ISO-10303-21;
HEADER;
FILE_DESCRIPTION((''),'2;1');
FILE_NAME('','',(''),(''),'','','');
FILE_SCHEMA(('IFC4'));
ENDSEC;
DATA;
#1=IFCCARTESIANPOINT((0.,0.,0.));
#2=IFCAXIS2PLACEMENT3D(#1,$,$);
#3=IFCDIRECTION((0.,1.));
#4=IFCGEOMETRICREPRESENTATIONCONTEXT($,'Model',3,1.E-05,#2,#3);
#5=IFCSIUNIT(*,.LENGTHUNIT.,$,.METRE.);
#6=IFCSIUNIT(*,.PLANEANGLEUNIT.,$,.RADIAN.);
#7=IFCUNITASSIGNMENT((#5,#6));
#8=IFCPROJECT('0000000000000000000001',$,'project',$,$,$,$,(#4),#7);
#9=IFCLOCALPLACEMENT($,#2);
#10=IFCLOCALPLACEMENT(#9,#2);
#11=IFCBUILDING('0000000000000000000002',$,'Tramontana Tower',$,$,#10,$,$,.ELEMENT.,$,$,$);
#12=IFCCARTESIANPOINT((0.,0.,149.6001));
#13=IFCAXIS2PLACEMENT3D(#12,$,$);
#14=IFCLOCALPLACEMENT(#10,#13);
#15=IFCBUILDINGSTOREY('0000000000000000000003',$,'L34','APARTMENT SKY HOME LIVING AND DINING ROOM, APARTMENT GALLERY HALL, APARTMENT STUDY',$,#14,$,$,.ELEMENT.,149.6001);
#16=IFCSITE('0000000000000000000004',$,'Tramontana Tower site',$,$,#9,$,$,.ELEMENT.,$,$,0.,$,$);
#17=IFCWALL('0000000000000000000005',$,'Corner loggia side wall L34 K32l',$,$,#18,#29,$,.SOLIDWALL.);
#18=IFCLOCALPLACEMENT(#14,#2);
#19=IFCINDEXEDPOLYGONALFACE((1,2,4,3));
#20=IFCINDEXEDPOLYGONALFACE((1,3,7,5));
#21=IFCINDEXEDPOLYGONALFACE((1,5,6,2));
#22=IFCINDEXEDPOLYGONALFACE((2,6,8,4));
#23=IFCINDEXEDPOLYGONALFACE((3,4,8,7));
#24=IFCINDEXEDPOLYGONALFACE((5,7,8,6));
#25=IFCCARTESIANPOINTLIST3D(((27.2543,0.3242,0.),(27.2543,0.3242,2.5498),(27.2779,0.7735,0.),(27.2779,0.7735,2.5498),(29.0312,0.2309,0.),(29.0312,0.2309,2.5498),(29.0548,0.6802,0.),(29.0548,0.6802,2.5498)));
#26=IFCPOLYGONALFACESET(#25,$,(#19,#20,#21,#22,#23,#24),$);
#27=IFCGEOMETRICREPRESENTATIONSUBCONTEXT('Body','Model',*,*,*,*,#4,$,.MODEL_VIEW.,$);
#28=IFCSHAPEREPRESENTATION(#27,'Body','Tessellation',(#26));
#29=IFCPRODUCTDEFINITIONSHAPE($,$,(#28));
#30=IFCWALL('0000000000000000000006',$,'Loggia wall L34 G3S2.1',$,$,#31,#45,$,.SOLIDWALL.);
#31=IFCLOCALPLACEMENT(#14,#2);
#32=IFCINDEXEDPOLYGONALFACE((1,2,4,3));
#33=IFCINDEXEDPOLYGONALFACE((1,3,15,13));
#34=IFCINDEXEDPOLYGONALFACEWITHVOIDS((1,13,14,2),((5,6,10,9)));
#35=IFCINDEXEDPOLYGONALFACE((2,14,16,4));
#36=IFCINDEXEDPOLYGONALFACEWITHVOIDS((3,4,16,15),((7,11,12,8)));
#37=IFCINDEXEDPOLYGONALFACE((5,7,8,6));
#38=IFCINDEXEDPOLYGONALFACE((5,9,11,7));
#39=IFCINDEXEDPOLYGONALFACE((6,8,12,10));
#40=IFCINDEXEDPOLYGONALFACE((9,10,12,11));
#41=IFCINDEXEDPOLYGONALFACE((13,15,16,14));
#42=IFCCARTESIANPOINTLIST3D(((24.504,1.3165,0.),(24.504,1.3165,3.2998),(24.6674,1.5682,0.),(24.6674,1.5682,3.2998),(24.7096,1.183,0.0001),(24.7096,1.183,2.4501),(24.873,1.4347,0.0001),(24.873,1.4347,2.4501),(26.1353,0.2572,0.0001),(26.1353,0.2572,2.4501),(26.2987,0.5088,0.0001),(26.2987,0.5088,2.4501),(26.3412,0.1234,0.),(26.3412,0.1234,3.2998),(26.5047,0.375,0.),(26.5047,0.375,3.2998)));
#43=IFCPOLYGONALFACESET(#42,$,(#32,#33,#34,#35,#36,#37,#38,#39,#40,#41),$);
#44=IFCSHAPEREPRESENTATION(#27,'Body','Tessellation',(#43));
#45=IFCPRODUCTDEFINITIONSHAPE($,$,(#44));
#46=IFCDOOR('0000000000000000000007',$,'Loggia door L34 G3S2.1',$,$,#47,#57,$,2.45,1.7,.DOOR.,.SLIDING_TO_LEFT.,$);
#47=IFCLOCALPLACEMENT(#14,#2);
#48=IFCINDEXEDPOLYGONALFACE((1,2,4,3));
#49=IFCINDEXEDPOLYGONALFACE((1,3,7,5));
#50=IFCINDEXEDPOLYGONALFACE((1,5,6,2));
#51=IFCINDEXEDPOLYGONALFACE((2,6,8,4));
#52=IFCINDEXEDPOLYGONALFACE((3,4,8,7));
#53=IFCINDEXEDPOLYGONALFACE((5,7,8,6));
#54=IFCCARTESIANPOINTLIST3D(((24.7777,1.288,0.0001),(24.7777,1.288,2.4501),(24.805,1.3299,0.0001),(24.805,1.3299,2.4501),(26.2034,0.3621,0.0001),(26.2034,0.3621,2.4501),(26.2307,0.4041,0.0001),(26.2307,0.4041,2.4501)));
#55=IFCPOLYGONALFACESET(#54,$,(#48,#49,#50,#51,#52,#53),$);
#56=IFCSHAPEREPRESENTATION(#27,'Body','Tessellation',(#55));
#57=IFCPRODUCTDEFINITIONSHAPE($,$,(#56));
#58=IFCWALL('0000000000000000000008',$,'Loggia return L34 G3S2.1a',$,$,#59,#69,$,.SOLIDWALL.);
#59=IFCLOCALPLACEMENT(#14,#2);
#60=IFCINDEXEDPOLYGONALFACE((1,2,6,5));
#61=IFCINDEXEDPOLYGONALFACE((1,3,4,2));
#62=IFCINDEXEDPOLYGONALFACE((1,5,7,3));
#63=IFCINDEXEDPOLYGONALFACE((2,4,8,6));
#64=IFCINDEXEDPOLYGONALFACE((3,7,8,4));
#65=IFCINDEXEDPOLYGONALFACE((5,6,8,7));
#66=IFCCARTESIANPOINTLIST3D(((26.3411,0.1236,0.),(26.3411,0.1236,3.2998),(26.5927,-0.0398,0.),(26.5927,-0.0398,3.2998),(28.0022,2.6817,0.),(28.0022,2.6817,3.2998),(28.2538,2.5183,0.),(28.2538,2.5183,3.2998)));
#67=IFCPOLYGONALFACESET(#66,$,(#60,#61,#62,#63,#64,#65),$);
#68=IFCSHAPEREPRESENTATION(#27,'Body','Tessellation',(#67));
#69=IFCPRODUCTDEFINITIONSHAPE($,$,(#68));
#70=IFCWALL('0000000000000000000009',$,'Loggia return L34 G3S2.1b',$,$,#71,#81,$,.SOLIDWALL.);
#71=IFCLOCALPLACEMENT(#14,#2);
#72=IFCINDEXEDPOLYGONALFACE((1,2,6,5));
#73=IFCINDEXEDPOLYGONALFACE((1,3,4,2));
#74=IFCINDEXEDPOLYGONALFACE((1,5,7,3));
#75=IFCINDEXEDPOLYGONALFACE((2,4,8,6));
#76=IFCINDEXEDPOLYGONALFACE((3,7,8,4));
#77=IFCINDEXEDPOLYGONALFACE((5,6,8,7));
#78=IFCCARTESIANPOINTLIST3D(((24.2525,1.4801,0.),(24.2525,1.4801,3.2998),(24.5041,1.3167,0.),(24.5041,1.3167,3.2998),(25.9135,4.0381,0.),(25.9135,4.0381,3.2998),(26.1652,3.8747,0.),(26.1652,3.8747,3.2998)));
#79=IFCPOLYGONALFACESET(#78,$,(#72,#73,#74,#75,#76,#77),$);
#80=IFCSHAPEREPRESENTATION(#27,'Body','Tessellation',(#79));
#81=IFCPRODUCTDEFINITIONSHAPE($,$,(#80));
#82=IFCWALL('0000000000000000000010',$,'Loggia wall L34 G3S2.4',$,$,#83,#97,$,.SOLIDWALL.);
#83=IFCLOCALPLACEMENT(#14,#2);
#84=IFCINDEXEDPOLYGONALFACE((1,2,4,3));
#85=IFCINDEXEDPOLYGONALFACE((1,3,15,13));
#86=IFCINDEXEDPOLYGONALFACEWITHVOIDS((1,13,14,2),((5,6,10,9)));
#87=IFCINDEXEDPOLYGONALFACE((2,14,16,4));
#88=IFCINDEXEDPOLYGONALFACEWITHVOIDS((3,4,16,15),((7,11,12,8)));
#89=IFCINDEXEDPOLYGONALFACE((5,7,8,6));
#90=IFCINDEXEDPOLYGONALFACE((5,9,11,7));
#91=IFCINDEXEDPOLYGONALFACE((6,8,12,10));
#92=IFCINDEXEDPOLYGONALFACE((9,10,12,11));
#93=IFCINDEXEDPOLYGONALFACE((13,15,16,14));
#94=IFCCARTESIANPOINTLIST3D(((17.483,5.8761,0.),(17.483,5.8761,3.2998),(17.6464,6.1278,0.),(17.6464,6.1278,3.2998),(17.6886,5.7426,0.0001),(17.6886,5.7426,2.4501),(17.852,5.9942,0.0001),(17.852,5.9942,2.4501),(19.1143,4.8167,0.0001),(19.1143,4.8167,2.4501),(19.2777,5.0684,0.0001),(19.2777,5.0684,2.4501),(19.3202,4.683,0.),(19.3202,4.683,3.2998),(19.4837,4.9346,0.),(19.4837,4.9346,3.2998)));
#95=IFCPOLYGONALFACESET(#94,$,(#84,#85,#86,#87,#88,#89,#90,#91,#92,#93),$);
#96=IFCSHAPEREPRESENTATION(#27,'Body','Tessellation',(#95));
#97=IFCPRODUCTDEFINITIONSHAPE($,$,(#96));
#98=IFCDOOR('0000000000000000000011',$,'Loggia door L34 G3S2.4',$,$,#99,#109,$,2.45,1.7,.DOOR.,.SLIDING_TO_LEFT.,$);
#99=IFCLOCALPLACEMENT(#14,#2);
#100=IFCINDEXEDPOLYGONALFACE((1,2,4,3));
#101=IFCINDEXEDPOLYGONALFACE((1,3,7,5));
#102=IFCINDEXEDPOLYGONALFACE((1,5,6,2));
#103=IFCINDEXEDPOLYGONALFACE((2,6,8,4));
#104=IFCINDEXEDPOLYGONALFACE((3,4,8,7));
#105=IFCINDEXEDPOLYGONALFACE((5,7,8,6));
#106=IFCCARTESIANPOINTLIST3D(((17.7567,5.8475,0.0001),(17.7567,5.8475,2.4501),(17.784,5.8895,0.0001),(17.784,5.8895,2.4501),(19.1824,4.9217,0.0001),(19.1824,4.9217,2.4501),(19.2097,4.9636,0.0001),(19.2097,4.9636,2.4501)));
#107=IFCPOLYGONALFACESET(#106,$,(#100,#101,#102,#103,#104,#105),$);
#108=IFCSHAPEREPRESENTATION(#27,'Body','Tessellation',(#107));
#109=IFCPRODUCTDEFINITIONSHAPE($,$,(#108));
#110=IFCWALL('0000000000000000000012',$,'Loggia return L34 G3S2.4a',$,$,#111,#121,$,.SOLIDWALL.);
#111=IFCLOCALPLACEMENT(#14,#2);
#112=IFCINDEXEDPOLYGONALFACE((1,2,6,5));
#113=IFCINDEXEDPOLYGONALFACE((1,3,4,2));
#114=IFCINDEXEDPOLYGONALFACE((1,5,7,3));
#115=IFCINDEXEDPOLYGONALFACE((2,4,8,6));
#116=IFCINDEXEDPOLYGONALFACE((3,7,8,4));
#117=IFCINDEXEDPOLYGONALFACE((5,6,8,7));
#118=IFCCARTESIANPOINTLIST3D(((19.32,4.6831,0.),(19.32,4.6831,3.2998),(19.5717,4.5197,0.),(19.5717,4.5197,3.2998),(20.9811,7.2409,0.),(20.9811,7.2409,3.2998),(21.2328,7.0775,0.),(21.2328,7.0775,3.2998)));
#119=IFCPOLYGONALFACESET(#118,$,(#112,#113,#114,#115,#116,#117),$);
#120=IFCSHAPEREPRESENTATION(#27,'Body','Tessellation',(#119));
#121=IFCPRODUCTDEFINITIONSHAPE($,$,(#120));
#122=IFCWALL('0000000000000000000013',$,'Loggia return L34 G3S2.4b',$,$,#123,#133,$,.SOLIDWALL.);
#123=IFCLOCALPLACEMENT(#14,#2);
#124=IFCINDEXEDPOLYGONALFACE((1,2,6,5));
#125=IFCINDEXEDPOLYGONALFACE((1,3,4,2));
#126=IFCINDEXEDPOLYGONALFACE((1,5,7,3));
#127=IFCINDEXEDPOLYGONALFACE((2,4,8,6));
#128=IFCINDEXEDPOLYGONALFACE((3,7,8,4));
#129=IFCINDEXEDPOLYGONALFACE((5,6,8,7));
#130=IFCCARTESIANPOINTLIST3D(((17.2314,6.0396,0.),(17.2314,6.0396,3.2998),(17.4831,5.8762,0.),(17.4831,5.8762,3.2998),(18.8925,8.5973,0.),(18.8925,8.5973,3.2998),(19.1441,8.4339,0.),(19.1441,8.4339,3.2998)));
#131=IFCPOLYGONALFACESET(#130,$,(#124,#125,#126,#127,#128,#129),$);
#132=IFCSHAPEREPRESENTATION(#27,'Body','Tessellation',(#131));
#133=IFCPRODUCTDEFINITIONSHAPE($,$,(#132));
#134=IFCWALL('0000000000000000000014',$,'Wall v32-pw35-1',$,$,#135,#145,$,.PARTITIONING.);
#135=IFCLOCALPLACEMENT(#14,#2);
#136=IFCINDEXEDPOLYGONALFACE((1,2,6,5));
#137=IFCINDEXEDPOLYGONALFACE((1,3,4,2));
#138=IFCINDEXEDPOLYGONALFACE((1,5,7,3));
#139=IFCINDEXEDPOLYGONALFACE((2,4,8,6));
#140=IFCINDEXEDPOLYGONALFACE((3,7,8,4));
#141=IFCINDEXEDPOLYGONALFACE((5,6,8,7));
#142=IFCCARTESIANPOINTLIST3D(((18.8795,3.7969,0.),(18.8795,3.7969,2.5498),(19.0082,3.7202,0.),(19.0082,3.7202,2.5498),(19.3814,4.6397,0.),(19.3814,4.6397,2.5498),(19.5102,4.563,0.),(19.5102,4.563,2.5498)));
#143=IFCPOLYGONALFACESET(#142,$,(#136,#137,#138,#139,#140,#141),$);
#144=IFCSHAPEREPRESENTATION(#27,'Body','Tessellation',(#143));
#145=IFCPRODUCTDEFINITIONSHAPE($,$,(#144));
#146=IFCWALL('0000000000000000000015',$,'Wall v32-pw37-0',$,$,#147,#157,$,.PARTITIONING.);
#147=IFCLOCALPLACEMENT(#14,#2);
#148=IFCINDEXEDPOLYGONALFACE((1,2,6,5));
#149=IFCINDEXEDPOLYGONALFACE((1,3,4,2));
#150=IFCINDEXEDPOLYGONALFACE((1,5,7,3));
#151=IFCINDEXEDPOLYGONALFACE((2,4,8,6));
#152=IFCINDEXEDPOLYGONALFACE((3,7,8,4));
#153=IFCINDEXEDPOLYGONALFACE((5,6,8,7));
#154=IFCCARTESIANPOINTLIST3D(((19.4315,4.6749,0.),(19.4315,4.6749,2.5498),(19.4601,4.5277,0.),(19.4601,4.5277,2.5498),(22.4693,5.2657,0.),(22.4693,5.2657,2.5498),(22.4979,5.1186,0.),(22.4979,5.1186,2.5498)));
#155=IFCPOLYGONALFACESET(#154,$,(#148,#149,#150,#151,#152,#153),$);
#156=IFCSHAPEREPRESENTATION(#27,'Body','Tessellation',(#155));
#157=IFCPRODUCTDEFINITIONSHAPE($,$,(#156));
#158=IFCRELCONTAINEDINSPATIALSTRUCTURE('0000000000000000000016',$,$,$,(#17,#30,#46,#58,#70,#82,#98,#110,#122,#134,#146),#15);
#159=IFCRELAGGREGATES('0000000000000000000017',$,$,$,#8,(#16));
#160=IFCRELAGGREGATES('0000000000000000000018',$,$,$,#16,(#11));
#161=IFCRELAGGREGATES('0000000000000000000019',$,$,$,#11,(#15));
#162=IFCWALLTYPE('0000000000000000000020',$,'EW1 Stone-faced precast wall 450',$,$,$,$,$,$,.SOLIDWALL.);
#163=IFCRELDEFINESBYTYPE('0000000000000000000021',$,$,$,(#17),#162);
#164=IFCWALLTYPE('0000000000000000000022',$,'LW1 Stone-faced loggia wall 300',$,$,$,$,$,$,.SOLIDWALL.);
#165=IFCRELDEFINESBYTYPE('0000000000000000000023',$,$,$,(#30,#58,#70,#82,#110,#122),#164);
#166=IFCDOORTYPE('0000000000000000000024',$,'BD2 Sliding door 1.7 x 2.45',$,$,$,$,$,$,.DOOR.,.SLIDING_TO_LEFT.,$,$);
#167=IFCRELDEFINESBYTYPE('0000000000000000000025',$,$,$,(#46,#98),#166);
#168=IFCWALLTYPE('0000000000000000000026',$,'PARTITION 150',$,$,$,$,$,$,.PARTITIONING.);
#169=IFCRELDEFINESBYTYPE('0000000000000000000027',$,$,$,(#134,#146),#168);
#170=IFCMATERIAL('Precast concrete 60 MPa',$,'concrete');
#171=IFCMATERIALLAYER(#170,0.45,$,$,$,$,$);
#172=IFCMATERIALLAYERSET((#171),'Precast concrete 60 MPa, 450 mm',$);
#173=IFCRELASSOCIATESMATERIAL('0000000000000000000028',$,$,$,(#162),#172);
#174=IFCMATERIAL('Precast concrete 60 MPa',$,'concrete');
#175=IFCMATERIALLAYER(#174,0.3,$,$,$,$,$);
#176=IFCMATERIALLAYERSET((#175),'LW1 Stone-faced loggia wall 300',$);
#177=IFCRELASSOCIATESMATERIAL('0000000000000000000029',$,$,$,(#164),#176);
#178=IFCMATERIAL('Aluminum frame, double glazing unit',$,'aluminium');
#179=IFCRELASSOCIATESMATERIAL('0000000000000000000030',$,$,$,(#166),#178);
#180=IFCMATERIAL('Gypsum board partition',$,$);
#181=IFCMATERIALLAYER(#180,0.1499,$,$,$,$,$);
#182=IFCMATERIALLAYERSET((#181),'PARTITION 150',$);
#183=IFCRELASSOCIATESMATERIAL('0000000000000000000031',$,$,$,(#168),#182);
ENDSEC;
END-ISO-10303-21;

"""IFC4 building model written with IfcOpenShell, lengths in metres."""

from ifc_helpers import new_model, si_unit, direction, frame, frame_2d, origin, place, context, subcontext, project, spatial, rectangle, extrude, material, layer, layer_set, type_object, element, fill, save


model = new_model("IFC4")

# Units and contexts
model_context = context("Model", 3, precision=1e-05, world=origin(), true_north=direction((0.0, 1.0)))
body_context = subcontext(model_context, "Body", "Model", "MODEL_VIEW")
ifc_project = project(units=[si_unit("LENGTHUNIT", "METRE"), si_unit("PLANEANGLEUNIT", "RADIAN")], contexts=[model_context])

# Site, building, storey
site_placement = place(None, origin())
site = spatial("IfcSite", under=ifc_project, at=site_placement, Name="Tramontana Tower site", CompositionType="ELEMENT", RefElevation=0.0)
building_placement = place(site_placement, origin())
building = spatial("IfcBuilding", under=site, at=building_placement, Name="Tramontana Tower", CompositionType="ELEMENT")
storey_placement = place(building_placement, frame((0.0, 0.0, 149.6001)))
storey = spatial("IfcBuildingStorey", under=building, at=storey_placement, Name="L34", Description="APARTMENT SKY HOME LIVING AND DINING ROOM, APARTMENT GALLERY HALL, APARTMENT STUDY", CompositionType="ELEMENT", Elevation=149.6001)

# Shared definitions
ifc_material_1 = material(Name="Precast concrete 60 MPa", Category="concrete")
ifc_layer_1 = layer(ifc_material_1, 0.45)
ifc_layer_set_1 = layer_set([ifc_layer_1], Name="Precast concrete 60 MPa, 450 mm")
wall_type_1 = type_object("IfcWallType", Name="EW1 Stone-faced precast wall 450", PredefinedType="SOLIDWALL", material=ifc_layer_set_1)

# Wall
wall_1_placement = place(storey_placement, frame((29.043, 0.4556, 0.0), z_axis=(0.0, 0.0, 1.0), x_axis=(-0.998625, 0.052415, 0.0)))
element("IfcWall", 1, at=wall_1_placement, inside=storey, type_object=wall_type_1, Name="Corner loggia side wall L34 K32l", PredefinedType="SOLIDWALL", context=body_context, shape_type="SweptSolid", body=[
    extrude(rectangle(XDim=1.7793, YDim=0.45, at=frame_2d((0.8896, 0.0))), origin(), (0.0, 0.0, 1.0), 2.5498),
])

# Wall, opening, door
ifc_material_2 = material(Name="Precast concrete 60 MPa", Category="concrete")
ifc_layer_2 = layer(ifc_material_2, 0.3)
ifc_layer_set_2 = layer_set([ifc_layer_2], Name="LW1 Stone-faced loggia wall 300")
wall_type_2 = type_object("IfcWallType", Name="LW1 Stone-faced loggia wall 300", PredefinedType="SOLIDWALL", material=ifc_layer_set_2)
wall_2_placement = place(storey_placement, frame((26.4229, 0.2493, 0.0), z_axis=(0.0, 0.0, 1.0), x_axis=(-0.83866, 0.544655, 0.0)))
wall_2 = element("IfcWall", 2, at=wall_2_placement, inside=storey, type_object=wall_type_2, Name="Loggia wall L34 G3S2.1", PredefinedType="SOLIDWALL", context=body_context, shape_type="SweptSolid", body=[
    extrude(rectangle(XDim=2.1907, YDim=0.3, at=frame_2d((1.0952, 0.0))), origin(), (0.0, 0.0, 1.0), 3.2998),
])
opening_1_placement = place(wall_2_placement, frame((0.2454, 0.0, 0.0)))
opening_1 = element("IfcOpeningElement", 3, at=opening_1_placement, cuts=wall_2, PredefinedType="OPENING", context=body_context, shape_type="SweptSolid", body=[
    extrude(rectangle(XDim=1.7, YDim=2.45, at=frame_2d((0.8501, 1.2251))), frame((0.0, 0.1599, 0.0), z_axis=(0.0, -1.0, 0.0), x_axis=(1.0, 0.0, 0.0)), (0.0, 0.0, 1.0), 0.3201),
])
ifc_material_3 = material(Name="Aluminum frame, double glazing unit", Category="aluminium")
door_type_1 = type_object("IfcDoorType", Name="BD2 Sliding door 1.7 x 2.45", OperationType="SLIDING_TO_LEFT", PredefinedType="DOOR", material=ifc_material_3)
door_1_placement = place(opening_1_placement, origin())
door_1 = element("IfcDoor", 4, at=door_1_placement, inside=storey, type_object=door_type_1, Name="Loggia door L34 G3S2.1", OperationType="SLIDING_TO_LEFT", OverallHeight=2.45, OverallWidth=1.7, PredefinedType="DOOR", context=body_context, shape_type="SweptSolid", body=[
    extrude(rectangle(XDim=1.7, YDim=2.45, at=frame_2d((0.8501, 1.2251))), frame((0.0, 0.0249, 0.0), z_axis=(0.0, -1.0, 0.0), x_axis=(1.0, 0.0, 0.0)), (0.0, 0.0, 1.0), 0.05),
])
fill(opening_1, door_1)

# Walls
for number, where, z_axis, x_axis, name in (
    (5, (28.1279, 2.5999, 0.0), (0.0, 0.0, 1.0), (-0.544611, -0.838689, 0.0), "Loggia return L34 G3S2.1a"),
    (6, (26.0393, 3.9563, 0.0), (0.0, 0.0, 1.0), (-0.544611, -0.838689, 0.0), "Loggia return L34 G3S2.1b"),
):
    element("IfcWall", number, at=place(storey_placement, frame(where, z_axis=z_axis, x_axis=x_axis)), inside=storey, type_object=wall_type_2, Name=name, PredefinedType="SOLIDWALL", context=body_context, shape_type="SweptSolid", body=[
        extrude(rectangle(XDim=3.05, YDim=0.3, at=frame_2d((1.5249, 0.0))), origin(), (0.0, 0.0, 1.0), 3.2998),
    ])

# Wall, opening, door
wall_3_placement = place(storey_placement, frame((19.4019, 4.8088, 0.0), z_axis=(0.0, 0.0, 1.0), x_axis=(-0.83866, 0.544655, 0.0)))
wall_3 = element("IfcWall", 7, at=wall_3_placement, inside=storey, type_object=wall_type_2, Name="Loggia wall L34 G3S2.4", PredefinedType="SOLIDWALL", context=body_context, shape_type="SweptSolid", body=[
    extrude(rectangle(XDim=2.1907, YDim=0.3, at=frame_2d((1.0952, 0.0))), origin(), (0.0, 0.0, 1.0), 3.2998),
])
opening_2_placement = place(wall_3_placement, frame((0.2454, 0.0, 0.0)))
opening_2 = element("IfcOpeningElement", 8, at=opening_2_placement, cuts=wall_3, PredefinedType="OPENING", context=body_context, shape_type="SweptSolid", body=[
    extrude(rectangle(XDim=1.7, YDim=2.45, at=frame_2d((0.8501, 1.2251))), frame((0.0, 0.1599, 0.0), z_axis=(0.0, -1.0, 0.0), x_axis=(1.0, 0.0, 0.0)), (0.0, 0.0, 1.0), 0.3201),
])
door_2_placement = place(opening_2_placement, origin())
door_2 = element("IfcDoor", 9, at=door_2_placement, inside=storey, type_object=door_type_1, Name="Loggia door L34 G3S2.4", OperationType="SLIDING_TO_LEFT", OverallHeight=2.45, OverallWidth=1.7, PredefinedType="DOOR", context=body_context, shape_type="SweptSolid", body=[
    extrude(rectangle(XDim=1.7, YDim=2.45, at=frame_2d((0.8501, 1.2251))), frame((0.0, 0.0249, 0.0), z_axis=(0.0, -1.0, 0.0), x_axis=(1.0, 0.0, 0.0)), (0.0, 0.0, 1.0), 0.05),
])
fill(opening_2, door_2)

# Walls
for number, where, z_axis, x_axis, name in (
    (10, (21.1069, 7.1592, 0.0), (0.0, 0.0, 1.0), (-0.544648, -0.838665, 0.0), "Loggia return L34 G3S2.4a"),
    (11, (19.0183, 8.5156, 0.0), (0.0, 0.0, 1.0), (-0.544648, -0.838665, 0.0), "Loggia return L34 G3S2.4b"),
):
    element("IfcWall", number, at=place(storey_placement, frame(where, z_axis=z_axis, x_axis=x_axis)), inside=storey, type_object=wall_type_2, Name=name, PredefinedType="SOLIDWALL", context=body_context, shape_type="SweptSolid", body=[
        extrude(rectangle(XDim=3.0498, YDim=0.3, at=frame_2d((1.5249, 0.0))), origin(), (0.0, 0.0, 1.0), 3.2998),
    ])
ifc_material_4 = material(Name="Gypsum board partition")
ifc_layer_3 = layer(ifc_material_4, 0.1499)
ifc_layer_set_3 = layer_set([ifc_layer_3], Name="PARTITION 150")
wall_type_3 = type_object("IfcWallType", Name="PARTITION 150", PredefinedType="PARTITIONING", material=ifc_layer_set_3)
wall_4_placement = place(storey_placement, frame((18.9438, 3.7585, 0.0), z_axis=(0.0, 0.0, 1.0), x_axis=(0.511711, 0.859157, 0.0)))
element("IfcWall", 12, at=wall_4_placement, inside=storey, type_object=wall_type_3, Name="Wall v32-pw35-1", PredefinedType="PARTITIONING", context=body_context, shape_type="SweptSolid", body=[
    extrude(rectangle(XDim=0.981, YDim=0.1499, at=frame_2d((0.4905, 0.0))), origin(), (0.0, 0.0, 1.0), 2.5498),
])
wall_5_placement = place(storey_placement, frame((19.4458, 4.6013, 0.0), z_axis=(0.0, 0.0, 1.0), x_axis=(0.981608, 0.19091, 0.0)))
element("IfcWall", 13, at=wall_5_placement, inside=storey, type_object=wall_type_3, Name="Wall v32-pw37-0", PredefinedType="PARTITIONING", context=body_context, shape_type="SweptSolid", body=[
    extrude(rectangle(XDim=3.0947, YDim=0.1499, at=frame_2d((1.5474, 0.0))), origin(), (0.0, 0.0, 1.0), 2.5498),
])

save(model, "model.ifc")
